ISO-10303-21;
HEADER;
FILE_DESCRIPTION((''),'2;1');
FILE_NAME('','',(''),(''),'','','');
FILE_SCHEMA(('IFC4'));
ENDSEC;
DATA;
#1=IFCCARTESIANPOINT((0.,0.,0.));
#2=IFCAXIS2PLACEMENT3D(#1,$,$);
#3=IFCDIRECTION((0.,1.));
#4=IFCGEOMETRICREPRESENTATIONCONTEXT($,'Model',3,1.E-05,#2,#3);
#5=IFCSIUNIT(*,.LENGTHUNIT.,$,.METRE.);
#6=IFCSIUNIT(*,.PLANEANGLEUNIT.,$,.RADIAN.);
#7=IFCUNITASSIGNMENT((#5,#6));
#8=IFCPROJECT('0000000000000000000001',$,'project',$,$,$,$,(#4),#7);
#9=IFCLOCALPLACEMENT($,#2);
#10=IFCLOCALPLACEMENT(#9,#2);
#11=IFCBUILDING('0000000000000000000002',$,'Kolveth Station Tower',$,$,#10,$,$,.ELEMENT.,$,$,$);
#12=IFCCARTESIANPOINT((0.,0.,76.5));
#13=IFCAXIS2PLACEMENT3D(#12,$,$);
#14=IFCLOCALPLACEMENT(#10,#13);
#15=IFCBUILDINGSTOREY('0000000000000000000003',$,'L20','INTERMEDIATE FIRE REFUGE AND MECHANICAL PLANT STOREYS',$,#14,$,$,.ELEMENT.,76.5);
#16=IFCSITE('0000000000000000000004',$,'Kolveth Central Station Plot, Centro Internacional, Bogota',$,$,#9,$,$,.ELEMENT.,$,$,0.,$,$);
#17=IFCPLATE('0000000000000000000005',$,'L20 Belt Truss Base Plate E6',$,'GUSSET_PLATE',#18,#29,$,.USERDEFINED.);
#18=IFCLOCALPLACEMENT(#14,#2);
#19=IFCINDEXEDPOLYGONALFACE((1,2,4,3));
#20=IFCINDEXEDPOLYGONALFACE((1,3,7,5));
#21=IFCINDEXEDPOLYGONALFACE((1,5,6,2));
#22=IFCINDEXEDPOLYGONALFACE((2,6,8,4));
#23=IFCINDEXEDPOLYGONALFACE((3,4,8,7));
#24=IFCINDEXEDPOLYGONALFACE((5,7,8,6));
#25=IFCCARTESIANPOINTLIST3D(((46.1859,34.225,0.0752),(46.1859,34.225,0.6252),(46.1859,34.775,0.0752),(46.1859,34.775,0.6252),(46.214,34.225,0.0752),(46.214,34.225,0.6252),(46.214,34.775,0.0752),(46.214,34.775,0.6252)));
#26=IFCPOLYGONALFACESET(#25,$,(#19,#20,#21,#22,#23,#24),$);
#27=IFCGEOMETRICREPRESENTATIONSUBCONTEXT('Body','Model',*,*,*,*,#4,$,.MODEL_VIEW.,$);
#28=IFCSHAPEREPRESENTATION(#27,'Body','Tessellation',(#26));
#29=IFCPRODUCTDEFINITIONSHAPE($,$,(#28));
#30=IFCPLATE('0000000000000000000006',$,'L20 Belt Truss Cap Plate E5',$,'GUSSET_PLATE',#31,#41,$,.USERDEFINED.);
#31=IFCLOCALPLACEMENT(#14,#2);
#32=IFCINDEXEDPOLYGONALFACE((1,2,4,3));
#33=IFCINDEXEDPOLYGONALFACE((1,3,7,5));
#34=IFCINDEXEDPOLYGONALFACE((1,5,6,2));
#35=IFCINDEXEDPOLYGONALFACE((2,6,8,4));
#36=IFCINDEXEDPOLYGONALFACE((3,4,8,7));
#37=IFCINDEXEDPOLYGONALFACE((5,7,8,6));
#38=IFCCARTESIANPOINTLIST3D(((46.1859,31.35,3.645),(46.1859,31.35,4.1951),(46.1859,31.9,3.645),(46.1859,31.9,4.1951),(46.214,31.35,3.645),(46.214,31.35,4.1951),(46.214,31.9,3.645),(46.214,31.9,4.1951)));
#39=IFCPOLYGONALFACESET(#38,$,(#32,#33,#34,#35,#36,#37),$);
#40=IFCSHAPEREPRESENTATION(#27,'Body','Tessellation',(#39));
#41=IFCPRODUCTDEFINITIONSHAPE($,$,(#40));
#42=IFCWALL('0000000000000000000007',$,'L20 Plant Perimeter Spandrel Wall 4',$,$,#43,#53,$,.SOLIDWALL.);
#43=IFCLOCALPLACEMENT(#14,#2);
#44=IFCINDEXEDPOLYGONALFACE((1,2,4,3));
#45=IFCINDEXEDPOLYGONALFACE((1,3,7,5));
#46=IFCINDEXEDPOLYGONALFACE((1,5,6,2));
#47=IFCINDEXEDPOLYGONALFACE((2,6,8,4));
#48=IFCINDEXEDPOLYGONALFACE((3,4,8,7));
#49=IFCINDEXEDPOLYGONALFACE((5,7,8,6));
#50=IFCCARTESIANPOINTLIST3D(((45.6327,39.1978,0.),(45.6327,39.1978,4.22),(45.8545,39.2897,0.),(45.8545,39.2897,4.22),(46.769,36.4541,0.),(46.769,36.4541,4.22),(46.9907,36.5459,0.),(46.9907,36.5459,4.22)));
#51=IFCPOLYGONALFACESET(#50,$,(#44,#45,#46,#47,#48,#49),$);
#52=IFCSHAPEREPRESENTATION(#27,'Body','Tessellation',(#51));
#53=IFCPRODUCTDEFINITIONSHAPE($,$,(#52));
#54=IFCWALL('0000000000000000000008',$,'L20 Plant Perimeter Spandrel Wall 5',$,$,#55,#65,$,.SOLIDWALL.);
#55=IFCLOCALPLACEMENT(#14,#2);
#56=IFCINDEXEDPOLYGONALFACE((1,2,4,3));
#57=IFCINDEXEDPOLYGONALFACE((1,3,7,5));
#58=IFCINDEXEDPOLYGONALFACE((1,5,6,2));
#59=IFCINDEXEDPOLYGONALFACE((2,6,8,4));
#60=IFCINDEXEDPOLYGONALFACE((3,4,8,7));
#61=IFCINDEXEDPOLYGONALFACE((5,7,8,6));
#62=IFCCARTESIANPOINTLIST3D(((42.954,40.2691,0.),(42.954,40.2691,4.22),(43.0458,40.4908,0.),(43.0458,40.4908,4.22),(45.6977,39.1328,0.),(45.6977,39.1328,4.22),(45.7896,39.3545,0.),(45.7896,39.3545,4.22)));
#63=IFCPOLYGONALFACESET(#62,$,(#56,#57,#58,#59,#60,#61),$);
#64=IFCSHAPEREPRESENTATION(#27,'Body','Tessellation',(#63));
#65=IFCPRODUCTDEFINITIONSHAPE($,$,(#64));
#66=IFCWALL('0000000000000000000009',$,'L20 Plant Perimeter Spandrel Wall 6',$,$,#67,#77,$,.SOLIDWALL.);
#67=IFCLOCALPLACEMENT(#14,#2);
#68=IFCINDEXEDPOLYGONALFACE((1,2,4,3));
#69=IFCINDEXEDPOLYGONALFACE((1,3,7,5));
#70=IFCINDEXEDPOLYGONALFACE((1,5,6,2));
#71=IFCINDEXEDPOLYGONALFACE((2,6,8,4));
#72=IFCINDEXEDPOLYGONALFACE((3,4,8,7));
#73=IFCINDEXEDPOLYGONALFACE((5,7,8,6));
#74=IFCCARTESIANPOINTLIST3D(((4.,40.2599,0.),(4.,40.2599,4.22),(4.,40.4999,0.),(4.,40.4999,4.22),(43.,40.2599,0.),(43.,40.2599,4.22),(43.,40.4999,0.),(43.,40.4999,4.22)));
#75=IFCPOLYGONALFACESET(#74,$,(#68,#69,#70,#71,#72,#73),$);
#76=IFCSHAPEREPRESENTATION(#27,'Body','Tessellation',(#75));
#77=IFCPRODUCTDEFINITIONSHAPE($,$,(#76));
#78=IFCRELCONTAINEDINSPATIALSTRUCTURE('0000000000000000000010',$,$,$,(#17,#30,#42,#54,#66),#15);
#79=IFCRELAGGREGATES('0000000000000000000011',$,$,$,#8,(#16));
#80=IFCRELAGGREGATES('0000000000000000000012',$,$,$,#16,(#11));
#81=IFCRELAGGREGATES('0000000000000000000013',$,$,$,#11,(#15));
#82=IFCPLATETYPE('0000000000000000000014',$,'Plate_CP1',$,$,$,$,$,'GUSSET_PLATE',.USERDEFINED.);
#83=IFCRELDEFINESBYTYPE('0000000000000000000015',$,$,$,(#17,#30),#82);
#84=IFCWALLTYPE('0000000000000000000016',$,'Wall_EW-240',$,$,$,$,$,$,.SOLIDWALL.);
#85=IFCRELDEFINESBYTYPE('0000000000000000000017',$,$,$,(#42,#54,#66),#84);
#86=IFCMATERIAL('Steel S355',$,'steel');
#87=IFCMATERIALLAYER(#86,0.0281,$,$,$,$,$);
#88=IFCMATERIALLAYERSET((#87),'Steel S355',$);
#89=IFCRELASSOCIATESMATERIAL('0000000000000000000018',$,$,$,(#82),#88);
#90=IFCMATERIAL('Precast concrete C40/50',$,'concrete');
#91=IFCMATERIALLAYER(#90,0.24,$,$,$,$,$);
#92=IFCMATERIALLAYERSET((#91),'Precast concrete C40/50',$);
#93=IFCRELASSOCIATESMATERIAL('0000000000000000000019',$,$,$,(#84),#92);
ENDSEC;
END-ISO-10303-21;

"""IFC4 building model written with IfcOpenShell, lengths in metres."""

from ifc_helpers import new_model, si_unit, direction, frame, frame_2d, origin, origin_2d, place, context, subcontext, project, spatial, rectangle, extrude, source, transform, mapped, material, layer, layer_set, type_object, element, save


model = new_model("IFC4")

# Units and contexts
model_context = context("Model", 3, precision=1e-05, world=origin(), true_north=direction((0.0, 1.0)))
body_context = subcontext(model_context, "Body", "Model", "MODEL_VIEW")
ifc_project = project(units=[si_unit("LENGTHUNIT", "METRE"), si_unit("PLANEANGLEUNIT", "RADIAN")], contexts=[model_context])

# Site, building, storey
site_placement = place(None, origin())
site = spatial("IfcSite", under=ifc_project, at=site_placement, Name="Kolveth Central Station Plot, Centro Internacional, Bogota", CompositionType="ELEMENT", RefElevation=0.0)
building_placement = place(site_placement, origin())
building = spatial("IfcBuilding", under=site, at=building_placement, Name="Kolveth Station Tower", CompositionType="ELEMENT")
storey_placement = place(building_placement, frame((0.0, 0.0, 76.5)))
storey = spatial("IfcBuildingStorey", under=building, at=storey_placement, Name="L20", Description="INTERMEDIATE FIRE REFUGE AND MECHANICAL PLANT STOREYS", CompositionType="ELEMENT", Elevation=76.5)

# Shared definitions
ifc_material_1 = material(Name="Steel S355", Category="steel")

# Plates
ifc_layer_1 = layer(ifc_material_1, 0.0281)
ifc_layer_set_1 = layer_set([ifc_layer_1], Name="Steel S355")
plate_type_1 = type_object("IfcPlateType", Name="Plate_CP1", ElementType="GUSSET_PLATE", PredefinedType="USERDEFINED", material=ifc_layer_set_1)
shared_shape_1 = source(origin(), body_context, "Body", "SweptSolid", [
    extrude(rectangle(XDim=0.0281, YDim=0.55, at=origin_2d()), origin(), (0.0, 0.0, 1.0), 0.55),
])
for number, where, z_axis, x_axis, name in (
    (1, (46.2, 34.5, 0.0752), (0.0, 0.0, 1.0), (1.0, 0.0, 0.0), "L20 Belt Truss Base Plate E6"),
    (2, (46.2, 31.625, 3.645), (0.0, 0.0, 1.0), (1.0, 0.0, 0.0), "L20 Belt Truss Cap Plate E5"),
):
    element("IfcPlate", number, at=place(storey_placement, frame(where, z_axis=z_axis, x_axis=x_axis)), inside=storey, type_object=plate_type_1, Name=name, ObjectType="GUSSET_PLATE", PredefinedType="USERDEFINED", context=body_context, shape_type="MappedRepresentation", body=[
        mapped(shared_shape_1, transform((0.0, 0.0, 0.0), x_axis=(1.0, 0.0, 0.0), y_axis=(0.0, 1.0, 0.0), z_axis=(0.0, 0.0, 1.0), scale=1.0)),
    ])

# Walls
ifc_material_2 = material(Name="Precast concrete C40/50", Category="concrete")
ifc_layer_2 = layer(ifc_material_2, 0.24)
ifc_layer_set_2 = layer_set([ifc_layer_2], Name="Precast concrete C40/50")
wall_type = type_object("IfcWallType", Name="Wall_EW-240", PredefinedType="SOLIDWALL", material=ifc_layer_set_2)
for number, where, z_axis, x_axis, name in (
    (3, (46.8799, 36.5, 0.0), (0.0, 0.0, 1.0), (-0.382618, 0.923907, 0.0), "L20 Plant Perimeter Spandrel Wall 4"),
    (4, (45.7437, 39.2437, 0.0), (0.0, 0.0, 1.0), (-0.923907, 0.382618, 0.0), "L20 Plant Perimeter Spandrel Wall 5"),
):
    element("IfcWall", number, at=place(storey_placement, frame(where, z_axis=z_axis, x_axis=x_axis)), inside=storey, type_object=wall_type, Name=name, PredefinedType="SOLIDWALL", context=body_context, shape_type="SweptSolid", body=[
        extrude(rectangle(XDim=2.9697, YDim=0.24, at=frame_2d((1.4849, 0.0))), origin(), (0.0, 0.0, 1.0), 4.22),
    ])
wall_placement = place(storey_placement, frame((43.0, 40.3799, 0.0), z_axis=(0.0, 0.0, 1.0), x_axis=(-1.0, 0.0, 0.0)))
element("IfcWall", 5, at=wall_placement, inside=storey, type_object=wall_type, Name="L20 Plant Perimeter Spandrel Wall 6", PredefinedType="SOLIDWALL", context=body_context, shape_type="SweptSolid", body=[
    extrude(rectangle(XDim=39.0, YDim=0.24, at=frame_2d((19.5, 0.0))), origin(), (0.0, 0.0, 1.0), 4.22),
])

save(model, "model.ifc")
